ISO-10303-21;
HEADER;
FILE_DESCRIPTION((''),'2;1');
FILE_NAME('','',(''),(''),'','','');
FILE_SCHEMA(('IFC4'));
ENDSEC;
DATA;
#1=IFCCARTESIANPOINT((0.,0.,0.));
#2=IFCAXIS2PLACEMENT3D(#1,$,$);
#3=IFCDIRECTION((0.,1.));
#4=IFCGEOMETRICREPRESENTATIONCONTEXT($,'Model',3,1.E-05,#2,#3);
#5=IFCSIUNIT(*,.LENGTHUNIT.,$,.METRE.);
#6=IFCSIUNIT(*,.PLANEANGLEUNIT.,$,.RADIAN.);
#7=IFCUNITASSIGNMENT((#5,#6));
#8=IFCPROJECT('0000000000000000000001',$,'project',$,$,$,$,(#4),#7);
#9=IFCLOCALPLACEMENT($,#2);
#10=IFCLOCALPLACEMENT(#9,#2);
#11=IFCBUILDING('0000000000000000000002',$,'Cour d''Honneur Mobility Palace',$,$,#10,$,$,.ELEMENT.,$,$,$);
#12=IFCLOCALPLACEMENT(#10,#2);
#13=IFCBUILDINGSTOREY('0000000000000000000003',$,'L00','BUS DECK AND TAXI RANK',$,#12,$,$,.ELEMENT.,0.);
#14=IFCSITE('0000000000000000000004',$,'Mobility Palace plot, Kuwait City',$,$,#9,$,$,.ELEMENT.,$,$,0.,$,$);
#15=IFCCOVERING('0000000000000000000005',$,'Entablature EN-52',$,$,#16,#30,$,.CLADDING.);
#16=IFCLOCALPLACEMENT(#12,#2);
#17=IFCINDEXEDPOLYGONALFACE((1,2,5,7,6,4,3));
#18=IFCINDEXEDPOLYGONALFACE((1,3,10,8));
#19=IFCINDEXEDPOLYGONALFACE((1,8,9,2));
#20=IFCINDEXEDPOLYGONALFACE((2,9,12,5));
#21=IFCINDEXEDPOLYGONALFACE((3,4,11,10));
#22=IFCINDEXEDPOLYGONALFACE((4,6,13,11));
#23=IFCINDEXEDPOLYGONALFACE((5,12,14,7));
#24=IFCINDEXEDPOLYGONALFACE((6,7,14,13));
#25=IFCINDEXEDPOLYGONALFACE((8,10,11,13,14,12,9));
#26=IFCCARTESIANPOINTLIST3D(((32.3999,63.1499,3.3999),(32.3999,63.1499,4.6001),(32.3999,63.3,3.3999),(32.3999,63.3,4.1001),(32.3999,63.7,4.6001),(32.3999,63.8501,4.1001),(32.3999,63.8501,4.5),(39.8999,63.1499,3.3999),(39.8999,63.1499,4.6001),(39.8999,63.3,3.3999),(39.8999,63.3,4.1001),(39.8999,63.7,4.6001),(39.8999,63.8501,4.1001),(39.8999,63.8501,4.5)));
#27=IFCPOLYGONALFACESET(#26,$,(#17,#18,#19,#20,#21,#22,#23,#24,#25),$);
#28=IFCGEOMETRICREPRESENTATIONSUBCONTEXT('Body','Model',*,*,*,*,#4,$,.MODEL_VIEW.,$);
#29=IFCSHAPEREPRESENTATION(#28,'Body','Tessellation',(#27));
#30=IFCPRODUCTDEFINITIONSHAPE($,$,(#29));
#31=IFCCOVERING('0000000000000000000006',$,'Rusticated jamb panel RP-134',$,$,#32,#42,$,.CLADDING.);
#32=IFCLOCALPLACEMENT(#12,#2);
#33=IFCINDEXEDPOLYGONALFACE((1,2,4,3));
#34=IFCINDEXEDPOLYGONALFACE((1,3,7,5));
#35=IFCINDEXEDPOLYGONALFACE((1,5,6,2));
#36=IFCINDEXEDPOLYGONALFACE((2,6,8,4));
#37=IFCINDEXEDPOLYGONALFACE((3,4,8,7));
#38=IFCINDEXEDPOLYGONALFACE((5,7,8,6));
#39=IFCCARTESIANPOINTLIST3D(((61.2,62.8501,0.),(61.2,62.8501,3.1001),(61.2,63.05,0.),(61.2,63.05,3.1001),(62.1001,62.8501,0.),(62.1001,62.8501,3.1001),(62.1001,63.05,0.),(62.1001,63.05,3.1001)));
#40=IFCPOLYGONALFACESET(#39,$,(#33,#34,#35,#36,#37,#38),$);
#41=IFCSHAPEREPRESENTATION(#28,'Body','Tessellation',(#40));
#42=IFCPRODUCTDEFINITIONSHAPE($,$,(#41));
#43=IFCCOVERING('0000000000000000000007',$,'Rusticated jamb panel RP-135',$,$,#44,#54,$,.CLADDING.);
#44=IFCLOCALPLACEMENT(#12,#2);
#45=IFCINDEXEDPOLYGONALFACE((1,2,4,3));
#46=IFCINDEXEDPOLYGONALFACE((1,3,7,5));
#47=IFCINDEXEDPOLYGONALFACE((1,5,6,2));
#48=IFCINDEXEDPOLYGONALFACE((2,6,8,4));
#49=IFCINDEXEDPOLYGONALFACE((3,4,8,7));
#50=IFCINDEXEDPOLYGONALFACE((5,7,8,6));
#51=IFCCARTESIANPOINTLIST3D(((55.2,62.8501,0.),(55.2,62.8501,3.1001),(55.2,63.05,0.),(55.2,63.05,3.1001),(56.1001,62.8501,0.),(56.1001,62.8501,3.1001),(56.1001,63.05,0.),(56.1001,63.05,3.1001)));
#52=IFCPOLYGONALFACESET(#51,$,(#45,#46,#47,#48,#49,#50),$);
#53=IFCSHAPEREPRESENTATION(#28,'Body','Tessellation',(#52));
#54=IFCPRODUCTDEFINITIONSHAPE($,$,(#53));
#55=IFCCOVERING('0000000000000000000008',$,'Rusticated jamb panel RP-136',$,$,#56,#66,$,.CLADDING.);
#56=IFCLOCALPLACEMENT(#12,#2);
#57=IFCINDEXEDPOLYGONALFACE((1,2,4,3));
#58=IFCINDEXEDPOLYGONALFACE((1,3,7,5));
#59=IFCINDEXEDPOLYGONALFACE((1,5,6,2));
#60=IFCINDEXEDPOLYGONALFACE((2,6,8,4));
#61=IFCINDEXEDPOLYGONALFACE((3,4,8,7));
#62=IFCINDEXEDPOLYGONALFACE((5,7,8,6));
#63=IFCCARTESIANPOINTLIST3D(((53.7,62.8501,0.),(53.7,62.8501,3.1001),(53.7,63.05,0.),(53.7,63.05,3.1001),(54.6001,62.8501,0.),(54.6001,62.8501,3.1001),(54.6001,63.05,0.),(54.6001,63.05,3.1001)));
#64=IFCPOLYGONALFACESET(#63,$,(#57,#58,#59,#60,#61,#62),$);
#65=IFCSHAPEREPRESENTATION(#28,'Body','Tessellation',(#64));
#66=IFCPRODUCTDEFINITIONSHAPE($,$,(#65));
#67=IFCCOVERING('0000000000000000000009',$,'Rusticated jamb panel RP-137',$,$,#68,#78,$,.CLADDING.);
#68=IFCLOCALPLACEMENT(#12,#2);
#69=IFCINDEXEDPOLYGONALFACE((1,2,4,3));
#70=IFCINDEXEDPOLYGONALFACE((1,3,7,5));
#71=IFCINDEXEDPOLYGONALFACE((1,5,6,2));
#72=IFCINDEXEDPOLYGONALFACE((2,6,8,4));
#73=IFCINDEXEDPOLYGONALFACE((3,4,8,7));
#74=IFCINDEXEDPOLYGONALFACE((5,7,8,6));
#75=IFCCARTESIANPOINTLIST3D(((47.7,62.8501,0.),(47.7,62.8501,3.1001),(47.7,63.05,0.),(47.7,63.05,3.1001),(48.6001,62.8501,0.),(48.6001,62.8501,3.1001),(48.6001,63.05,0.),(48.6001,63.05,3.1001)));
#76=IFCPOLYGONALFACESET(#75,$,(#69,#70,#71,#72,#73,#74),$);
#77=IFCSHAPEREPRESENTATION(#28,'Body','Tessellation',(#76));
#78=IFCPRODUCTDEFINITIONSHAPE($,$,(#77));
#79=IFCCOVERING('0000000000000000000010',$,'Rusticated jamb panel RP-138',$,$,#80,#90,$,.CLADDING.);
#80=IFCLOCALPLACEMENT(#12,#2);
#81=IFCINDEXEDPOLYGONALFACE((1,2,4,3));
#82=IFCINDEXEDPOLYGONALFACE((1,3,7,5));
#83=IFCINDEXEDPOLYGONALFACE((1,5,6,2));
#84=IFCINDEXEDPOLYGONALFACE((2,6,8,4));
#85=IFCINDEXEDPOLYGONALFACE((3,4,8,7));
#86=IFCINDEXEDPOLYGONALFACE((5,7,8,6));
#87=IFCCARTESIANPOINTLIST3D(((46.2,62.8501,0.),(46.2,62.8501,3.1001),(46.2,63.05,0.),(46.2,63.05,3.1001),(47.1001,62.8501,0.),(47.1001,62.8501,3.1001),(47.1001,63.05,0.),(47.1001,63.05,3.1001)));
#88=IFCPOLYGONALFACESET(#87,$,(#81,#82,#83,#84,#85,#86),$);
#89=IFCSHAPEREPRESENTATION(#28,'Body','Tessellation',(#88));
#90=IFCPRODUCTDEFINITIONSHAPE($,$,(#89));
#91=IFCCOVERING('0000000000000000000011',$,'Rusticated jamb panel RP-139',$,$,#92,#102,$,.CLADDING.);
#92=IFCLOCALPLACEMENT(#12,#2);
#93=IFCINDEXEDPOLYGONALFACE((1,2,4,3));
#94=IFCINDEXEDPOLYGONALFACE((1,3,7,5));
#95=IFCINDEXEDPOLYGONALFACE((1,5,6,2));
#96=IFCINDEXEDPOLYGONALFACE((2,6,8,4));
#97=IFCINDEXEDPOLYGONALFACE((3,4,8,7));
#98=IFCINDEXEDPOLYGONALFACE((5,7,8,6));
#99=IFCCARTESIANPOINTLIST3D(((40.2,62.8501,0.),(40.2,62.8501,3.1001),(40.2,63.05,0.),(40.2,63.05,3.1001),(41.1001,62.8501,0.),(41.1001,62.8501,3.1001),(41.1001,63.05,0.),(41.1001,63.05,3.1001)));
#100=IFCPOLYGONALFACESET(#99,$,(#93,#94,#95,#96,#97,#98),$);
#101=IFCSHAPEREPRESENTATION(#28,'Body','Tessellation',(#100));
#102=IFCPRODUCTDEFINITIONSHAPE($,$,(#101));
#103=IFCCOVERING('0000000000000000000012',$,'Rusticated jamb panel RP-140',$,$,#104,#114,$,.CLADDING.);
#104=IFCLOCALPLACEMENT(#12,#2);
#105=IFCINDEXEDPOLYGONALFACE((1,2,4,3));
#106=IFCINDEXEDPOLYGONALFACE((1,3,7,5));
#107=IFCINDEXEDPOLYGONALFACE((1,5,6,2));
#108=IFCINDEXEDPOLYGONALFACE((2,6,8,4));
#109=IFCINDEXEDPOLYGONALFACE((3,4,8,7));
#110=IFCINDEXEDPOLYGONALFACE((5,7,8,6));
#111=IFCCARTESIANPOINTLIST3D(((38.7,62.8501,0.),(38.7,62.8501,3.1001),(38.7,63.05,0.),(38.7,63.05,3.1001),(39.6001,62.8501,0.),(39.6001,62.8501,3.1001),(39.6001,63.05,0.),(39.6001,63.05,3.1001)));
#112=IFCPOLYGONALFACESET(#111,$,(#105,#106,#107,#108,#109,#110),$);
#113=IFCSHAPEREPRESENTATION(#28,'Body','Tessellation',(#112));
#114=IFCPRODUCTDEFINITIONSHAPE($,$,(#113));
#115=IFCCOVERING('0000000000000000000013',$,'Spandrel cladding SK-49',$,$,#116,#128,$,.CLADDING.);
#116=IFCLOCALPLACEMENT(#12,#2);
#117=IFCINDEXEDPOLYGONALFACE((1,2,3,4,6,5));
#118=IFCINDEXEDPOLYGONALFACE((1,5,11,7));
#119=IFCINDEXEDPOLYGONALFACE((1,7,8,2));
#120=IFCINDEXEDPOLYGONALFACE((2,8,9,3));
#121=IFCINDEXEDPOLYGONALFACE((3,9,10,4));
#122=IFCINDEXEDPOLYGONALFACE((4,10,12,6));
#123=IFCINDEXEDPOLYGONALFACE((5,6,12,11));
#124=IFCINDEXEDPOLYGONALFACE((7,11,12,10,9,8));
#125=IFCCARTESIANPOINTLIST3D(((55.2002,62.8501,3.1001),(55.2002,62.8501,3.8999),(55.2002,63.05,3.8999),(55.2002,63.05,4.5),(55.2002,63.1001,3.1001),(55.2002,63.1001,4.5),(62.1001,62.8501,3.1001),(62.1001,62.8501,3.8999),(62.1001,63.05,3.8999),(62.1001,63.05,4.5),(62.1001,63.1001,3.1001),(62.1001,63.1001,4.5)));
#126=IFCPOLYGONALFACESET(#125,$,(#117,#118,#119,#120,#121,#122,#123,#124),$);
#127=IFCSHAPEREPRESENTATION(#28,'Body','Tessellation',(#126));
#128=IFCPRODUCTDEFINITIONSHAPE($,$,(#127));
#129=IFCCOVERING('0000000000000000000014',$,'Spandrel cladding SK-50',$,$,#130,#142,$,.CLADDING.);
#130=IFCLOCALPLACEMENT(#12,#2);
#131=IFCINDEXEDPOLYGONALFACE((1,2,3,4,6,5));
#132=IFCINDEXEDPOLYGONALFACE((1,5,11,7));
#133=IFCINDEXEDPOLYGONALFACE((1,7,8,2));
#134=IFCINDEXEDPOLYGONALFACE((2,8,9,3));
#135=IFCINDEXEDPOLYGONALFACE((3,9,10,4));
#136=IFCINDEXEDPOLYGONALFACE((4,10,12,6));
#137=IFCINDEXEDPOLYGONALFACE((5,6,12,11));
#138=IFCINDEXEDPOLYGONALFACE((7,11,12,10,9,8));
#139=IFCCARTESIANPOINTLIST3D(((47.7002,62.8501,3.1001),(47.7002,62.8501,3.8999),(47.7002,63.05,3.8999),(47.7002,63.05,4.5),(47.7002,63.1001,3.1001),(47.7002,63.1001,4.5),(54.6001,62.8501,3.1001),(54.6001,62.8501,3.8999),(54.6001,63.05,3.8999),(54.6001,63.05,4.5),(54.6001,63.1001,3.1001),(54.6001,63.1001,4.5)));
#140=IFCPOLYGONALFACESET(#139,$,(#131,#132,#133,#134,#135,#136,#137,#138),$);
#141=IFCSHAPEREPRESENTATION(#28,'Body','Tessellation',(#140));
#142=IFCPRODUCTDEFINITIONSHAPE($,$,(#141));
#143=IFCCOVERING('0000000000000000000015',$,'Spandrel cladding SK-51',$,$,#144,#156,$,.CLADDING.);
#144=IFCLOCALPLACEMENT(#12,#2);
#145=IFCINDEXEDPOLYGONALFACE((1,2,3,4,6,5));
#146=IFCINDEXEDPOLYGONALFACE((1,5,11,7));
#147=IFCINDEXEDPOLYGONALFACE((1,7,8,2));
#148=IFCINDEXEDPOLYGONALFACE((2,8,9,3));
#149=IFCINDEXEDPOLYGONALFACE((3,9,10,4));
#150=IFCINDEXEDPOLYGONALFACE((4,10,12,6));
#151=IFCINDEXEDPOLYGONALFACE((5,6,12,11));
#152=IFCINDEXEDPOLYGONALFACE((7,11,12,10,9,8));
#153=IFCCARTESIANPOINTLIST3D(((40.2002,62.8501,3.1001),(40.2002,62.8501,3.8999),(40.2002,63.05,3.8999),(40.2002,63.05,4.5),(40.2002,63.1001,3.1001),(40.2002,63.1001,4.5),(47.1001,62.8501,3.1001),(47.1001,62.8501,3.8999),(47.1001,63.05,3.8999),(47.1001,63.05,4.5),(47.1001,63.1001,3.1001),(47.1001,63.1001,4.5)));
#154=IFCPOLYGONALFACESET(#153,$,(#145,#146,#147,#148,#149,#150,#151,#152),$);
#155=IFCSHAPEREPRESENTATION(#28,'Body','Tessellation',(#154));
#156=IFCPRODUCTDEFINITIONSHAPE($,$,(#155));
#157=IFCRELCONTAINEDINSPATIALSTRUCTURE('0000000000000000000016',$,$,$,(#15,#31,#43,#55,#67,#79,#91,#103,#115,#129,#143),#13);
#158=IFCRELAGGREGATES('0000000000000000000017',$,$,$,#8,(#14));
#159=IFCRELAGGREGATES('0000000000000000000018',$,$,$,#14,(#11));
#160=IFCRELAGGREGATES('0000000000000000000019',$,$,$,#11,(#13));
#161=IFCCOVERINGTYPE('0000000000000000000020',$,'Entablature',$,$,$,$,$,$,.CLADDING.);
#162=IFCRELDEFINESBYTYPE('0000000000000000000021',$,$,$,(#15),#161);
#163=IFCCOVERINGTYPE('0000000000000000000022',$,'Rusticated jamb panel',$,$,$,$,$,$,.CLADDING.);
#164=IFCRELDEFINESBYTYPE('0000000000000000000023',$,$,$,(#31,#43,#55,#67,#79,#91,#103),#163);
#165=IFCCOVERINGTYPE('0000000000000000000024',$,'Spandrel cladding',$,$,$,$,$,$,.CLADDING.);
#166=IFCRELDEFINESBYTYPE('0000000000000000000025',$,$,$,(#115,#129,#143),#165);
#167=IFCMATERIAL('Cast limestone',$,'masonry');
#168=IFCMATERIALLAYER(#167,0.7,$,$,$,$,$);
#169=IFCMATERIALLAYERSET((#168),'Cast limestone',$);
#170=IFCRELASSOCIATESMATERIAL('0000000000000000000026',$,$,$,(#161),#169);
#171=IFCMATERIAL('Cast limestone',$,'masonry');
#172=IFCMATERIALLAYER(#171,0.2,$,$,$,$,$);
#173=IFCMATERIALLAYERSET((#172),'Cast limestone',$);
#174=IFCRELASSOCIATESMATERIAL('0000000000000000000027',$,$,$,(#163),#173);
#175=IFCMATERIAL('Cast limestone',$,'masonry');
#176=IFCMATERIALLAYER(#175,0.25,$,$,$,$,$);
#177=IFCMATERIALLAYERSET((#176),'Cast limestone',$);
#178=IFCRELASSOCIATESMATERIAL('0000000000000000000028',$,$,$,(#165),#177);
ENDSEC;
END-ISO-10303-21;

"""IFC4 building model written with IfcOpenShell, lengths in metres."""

from ifc_helpers import new_model, si_unit, direction, frame, origin, place, context, subcontext, project, spatial, polyline, outline, extrude, material, layer, layer_set, type_object, element, save


model = new_model("IFC4")

# Units and contexts
model_context = context("Model", 3, precision=1e-05, world=origin(), true_north=direction((0.0, 1.0)))
body_context = subcontext(model_context, "Body", "Model", "MODEL_VIEW")
ifc_project = project(units=[si_unit("LENGTHUNIT", "METRE"), si_unit("PLANEANGLEUNIT", "RADIAN")], contexts=[model_context])

# Site, building, storey
site_placement = place(None, origin())
site = spatial("IfcSite", under=ifc_project, at=site_placement, Name="Mobility Palace plot, Kuwait City", CompositionType="ELEMENT", RefElevation=0.0)
building_placement = place(site_placement, origin())
building = spatial("IfcBuilding", under=site, at=building_placement, Name="Cour d'Honneur Mobility Palace", CompositionType="ELEMENT")
storey_placement = place(building_placement, origin())
storey = spatial("IfcBuildingStorey", under=building, at=storey_placement, Name="L00", Description="BUS DECK AND TAXI RANK", CompositionType="ELEMENT", Elevation=0.0)

# Coverings
ifc_material_1 = material(Name="Cast limestone", Category="masonry")
ifc_layer_1 = layer(ifc_material_1, 0.7)
ifc_layer_set_1 = layer_set([ifc_layer_1], Name="Cast limestone")
covering_type_1 = type_object("IfcCoveringType", Name="Entablature", PredefinedType="CLADDING", material=ifc_layer_set_1)
for number, where, z_axis, x_axis, name in (
    (1, (39.8999, 63.1499, 3.3999), (1.0, 0.0, 0.0), (0.0, 1.0, 0.0), "Entablature EN-52"),
):
    element("IfcCovering", number, at=place(storey_placement, frame(where, z_axis=z_axis, x_axis=x_axis)), inside=storey, type_object=covering_type_1, Name=name, PredefinedType="CLADDING", context=body_context, shape_type="SweptSolid", body=[
        extrude(outline(polyline([(0.0, 0.0), (0.1501, 0.0), (0.1501, 0.7002), (0.7002, 0.7002), (0.7002, 1.1001), (0.55, 1.2002), (0.0, 1.2002), (0.0, 0.0)])), origin(), (0.0, 0.0, -1.0), 7.5),
    ])
ifc_material_2 = material(Name="Cast limestone", Category="masonry")
ifc_layer_2 = layer(ifc_material_2, 0.2)
ifc_layer_set_2 = layer_set([ifc_layer_2], Name="Cast limestone")
covering_type_2 = type_object("IfcCoveringType", Name="Rusticated jamb panel", PredefinedType="CLADDING", material=ifc_layer_set_2)
for number, where, z_axis, x_axis, name in (
    (2, (62.1001, 63.05, 0.0), (0.0, 1.0, 0.0), (-1.0, 0.0, 0.0), "Rusticated jamb panel RP-134"),
    (3, (56.1001, 63.05, 0.0), (0.0, 1.0, 0.0), (-1.0, 0.0, 0.0), "Rusticated jamb panel RP-135"),
    (4, (54.6001, 63.05, 0.0), (0.0, 1.0, 0.0), (-1.0, 0.0, 0.0), "Rusticated jamb panel RP-136"),
    (5, (48.6001, 63.05, 0.0), (0.0, 1.0, 0.0), (-1.0, 0.0, 0.0), "Rusticated jamb panel RP-137"),
    (6, (47.1001, 63.05, 0.0), (0.0, 1.0, 0.0), (-1.0, 0.0, 0.0), "Rusticated jamb panel RP-138"),
    (7, (41.1001, 63.05, 0.0), (0.0, 1.0, 0.0), (-1.0, 0.0, 0.0), "Rusticated jamb panel RP-139"),
    (8, (39.6001, 63.05, 0.0), (0.0, 1.0, 0.0), (-1.0, 0.0, 0.0), "Rusticated jamb panel RP-140"),
):
    element("IfcCovering", number, at=place(storey_placement, frame(where, z_axis=z_axis, x_axis=x_axis)), inside=storey, type_object=covering_type_2, Name=name, PredefinedType="CLADDING", context=body_context, shape_type="SweptSolid", body=[
        extrude(outline(polyline([(0.0, 0.0), (0.9001, 0.0), (0.9001, 3.1001), (0.0, 3.1001), (0.0, 0.0)])), origin(), (0.0, 0.0, -1.0), 0.2),
    ])
ifc_material_3 = material(Name="Cast limestone", Category="masonry")
ifc_layer_3 = layer(ifc_material_3, 0.25)
ifc_layer_set_3 = layer_set([ifc_layer_3], Name="Cast limestone")
covering_type_3 = type_object("IfcCoveringType", Name="Spandrel cladding", PredefinedType="CLADDING", material=ifc_layer_set_3)
for number, where, z_axis, x_axis, name in (
    (9, (62.1001, 62.8501, 3.1001), (1.0, 0.0, 0.0), (0.0, 1.0, 0.0), "Spandrel cladding SK-49"),
    (10, (54.6001, 62.8501, 3.1001), (1.0, 0.0, 0.0), (0.0, 1.0, 0.0), "Spandrel cladding SK-50"),
    (11, (47.1001, 62.8501, 3.1001), (1.0, 0.0, 0.0), (0.0, 1.0, 0.0), "Spandrel cladding SK-51"),
):
    element("IfcCovering", number, at=place(storey_placement, frame(where, z_axis=z_axis, x_axis=x_axis)), inside=storey, type_object=covering_type_3, Name=name, PredefinedType="CLADDING", context=body_context, shape_type="SweptSolid", body=[
        extrude(outline(polyline([(0.0, 0.0), (0.25, 0.0), (0.25, 1.3999), (0.2, 1.3999), (0.2, 0.7998), (0.0, 0.7998), (0.0, 0.0)])), origin(), (0.0, 0.0, -1.0), 6.8999),
    ])

save(model, "model.ifc")
